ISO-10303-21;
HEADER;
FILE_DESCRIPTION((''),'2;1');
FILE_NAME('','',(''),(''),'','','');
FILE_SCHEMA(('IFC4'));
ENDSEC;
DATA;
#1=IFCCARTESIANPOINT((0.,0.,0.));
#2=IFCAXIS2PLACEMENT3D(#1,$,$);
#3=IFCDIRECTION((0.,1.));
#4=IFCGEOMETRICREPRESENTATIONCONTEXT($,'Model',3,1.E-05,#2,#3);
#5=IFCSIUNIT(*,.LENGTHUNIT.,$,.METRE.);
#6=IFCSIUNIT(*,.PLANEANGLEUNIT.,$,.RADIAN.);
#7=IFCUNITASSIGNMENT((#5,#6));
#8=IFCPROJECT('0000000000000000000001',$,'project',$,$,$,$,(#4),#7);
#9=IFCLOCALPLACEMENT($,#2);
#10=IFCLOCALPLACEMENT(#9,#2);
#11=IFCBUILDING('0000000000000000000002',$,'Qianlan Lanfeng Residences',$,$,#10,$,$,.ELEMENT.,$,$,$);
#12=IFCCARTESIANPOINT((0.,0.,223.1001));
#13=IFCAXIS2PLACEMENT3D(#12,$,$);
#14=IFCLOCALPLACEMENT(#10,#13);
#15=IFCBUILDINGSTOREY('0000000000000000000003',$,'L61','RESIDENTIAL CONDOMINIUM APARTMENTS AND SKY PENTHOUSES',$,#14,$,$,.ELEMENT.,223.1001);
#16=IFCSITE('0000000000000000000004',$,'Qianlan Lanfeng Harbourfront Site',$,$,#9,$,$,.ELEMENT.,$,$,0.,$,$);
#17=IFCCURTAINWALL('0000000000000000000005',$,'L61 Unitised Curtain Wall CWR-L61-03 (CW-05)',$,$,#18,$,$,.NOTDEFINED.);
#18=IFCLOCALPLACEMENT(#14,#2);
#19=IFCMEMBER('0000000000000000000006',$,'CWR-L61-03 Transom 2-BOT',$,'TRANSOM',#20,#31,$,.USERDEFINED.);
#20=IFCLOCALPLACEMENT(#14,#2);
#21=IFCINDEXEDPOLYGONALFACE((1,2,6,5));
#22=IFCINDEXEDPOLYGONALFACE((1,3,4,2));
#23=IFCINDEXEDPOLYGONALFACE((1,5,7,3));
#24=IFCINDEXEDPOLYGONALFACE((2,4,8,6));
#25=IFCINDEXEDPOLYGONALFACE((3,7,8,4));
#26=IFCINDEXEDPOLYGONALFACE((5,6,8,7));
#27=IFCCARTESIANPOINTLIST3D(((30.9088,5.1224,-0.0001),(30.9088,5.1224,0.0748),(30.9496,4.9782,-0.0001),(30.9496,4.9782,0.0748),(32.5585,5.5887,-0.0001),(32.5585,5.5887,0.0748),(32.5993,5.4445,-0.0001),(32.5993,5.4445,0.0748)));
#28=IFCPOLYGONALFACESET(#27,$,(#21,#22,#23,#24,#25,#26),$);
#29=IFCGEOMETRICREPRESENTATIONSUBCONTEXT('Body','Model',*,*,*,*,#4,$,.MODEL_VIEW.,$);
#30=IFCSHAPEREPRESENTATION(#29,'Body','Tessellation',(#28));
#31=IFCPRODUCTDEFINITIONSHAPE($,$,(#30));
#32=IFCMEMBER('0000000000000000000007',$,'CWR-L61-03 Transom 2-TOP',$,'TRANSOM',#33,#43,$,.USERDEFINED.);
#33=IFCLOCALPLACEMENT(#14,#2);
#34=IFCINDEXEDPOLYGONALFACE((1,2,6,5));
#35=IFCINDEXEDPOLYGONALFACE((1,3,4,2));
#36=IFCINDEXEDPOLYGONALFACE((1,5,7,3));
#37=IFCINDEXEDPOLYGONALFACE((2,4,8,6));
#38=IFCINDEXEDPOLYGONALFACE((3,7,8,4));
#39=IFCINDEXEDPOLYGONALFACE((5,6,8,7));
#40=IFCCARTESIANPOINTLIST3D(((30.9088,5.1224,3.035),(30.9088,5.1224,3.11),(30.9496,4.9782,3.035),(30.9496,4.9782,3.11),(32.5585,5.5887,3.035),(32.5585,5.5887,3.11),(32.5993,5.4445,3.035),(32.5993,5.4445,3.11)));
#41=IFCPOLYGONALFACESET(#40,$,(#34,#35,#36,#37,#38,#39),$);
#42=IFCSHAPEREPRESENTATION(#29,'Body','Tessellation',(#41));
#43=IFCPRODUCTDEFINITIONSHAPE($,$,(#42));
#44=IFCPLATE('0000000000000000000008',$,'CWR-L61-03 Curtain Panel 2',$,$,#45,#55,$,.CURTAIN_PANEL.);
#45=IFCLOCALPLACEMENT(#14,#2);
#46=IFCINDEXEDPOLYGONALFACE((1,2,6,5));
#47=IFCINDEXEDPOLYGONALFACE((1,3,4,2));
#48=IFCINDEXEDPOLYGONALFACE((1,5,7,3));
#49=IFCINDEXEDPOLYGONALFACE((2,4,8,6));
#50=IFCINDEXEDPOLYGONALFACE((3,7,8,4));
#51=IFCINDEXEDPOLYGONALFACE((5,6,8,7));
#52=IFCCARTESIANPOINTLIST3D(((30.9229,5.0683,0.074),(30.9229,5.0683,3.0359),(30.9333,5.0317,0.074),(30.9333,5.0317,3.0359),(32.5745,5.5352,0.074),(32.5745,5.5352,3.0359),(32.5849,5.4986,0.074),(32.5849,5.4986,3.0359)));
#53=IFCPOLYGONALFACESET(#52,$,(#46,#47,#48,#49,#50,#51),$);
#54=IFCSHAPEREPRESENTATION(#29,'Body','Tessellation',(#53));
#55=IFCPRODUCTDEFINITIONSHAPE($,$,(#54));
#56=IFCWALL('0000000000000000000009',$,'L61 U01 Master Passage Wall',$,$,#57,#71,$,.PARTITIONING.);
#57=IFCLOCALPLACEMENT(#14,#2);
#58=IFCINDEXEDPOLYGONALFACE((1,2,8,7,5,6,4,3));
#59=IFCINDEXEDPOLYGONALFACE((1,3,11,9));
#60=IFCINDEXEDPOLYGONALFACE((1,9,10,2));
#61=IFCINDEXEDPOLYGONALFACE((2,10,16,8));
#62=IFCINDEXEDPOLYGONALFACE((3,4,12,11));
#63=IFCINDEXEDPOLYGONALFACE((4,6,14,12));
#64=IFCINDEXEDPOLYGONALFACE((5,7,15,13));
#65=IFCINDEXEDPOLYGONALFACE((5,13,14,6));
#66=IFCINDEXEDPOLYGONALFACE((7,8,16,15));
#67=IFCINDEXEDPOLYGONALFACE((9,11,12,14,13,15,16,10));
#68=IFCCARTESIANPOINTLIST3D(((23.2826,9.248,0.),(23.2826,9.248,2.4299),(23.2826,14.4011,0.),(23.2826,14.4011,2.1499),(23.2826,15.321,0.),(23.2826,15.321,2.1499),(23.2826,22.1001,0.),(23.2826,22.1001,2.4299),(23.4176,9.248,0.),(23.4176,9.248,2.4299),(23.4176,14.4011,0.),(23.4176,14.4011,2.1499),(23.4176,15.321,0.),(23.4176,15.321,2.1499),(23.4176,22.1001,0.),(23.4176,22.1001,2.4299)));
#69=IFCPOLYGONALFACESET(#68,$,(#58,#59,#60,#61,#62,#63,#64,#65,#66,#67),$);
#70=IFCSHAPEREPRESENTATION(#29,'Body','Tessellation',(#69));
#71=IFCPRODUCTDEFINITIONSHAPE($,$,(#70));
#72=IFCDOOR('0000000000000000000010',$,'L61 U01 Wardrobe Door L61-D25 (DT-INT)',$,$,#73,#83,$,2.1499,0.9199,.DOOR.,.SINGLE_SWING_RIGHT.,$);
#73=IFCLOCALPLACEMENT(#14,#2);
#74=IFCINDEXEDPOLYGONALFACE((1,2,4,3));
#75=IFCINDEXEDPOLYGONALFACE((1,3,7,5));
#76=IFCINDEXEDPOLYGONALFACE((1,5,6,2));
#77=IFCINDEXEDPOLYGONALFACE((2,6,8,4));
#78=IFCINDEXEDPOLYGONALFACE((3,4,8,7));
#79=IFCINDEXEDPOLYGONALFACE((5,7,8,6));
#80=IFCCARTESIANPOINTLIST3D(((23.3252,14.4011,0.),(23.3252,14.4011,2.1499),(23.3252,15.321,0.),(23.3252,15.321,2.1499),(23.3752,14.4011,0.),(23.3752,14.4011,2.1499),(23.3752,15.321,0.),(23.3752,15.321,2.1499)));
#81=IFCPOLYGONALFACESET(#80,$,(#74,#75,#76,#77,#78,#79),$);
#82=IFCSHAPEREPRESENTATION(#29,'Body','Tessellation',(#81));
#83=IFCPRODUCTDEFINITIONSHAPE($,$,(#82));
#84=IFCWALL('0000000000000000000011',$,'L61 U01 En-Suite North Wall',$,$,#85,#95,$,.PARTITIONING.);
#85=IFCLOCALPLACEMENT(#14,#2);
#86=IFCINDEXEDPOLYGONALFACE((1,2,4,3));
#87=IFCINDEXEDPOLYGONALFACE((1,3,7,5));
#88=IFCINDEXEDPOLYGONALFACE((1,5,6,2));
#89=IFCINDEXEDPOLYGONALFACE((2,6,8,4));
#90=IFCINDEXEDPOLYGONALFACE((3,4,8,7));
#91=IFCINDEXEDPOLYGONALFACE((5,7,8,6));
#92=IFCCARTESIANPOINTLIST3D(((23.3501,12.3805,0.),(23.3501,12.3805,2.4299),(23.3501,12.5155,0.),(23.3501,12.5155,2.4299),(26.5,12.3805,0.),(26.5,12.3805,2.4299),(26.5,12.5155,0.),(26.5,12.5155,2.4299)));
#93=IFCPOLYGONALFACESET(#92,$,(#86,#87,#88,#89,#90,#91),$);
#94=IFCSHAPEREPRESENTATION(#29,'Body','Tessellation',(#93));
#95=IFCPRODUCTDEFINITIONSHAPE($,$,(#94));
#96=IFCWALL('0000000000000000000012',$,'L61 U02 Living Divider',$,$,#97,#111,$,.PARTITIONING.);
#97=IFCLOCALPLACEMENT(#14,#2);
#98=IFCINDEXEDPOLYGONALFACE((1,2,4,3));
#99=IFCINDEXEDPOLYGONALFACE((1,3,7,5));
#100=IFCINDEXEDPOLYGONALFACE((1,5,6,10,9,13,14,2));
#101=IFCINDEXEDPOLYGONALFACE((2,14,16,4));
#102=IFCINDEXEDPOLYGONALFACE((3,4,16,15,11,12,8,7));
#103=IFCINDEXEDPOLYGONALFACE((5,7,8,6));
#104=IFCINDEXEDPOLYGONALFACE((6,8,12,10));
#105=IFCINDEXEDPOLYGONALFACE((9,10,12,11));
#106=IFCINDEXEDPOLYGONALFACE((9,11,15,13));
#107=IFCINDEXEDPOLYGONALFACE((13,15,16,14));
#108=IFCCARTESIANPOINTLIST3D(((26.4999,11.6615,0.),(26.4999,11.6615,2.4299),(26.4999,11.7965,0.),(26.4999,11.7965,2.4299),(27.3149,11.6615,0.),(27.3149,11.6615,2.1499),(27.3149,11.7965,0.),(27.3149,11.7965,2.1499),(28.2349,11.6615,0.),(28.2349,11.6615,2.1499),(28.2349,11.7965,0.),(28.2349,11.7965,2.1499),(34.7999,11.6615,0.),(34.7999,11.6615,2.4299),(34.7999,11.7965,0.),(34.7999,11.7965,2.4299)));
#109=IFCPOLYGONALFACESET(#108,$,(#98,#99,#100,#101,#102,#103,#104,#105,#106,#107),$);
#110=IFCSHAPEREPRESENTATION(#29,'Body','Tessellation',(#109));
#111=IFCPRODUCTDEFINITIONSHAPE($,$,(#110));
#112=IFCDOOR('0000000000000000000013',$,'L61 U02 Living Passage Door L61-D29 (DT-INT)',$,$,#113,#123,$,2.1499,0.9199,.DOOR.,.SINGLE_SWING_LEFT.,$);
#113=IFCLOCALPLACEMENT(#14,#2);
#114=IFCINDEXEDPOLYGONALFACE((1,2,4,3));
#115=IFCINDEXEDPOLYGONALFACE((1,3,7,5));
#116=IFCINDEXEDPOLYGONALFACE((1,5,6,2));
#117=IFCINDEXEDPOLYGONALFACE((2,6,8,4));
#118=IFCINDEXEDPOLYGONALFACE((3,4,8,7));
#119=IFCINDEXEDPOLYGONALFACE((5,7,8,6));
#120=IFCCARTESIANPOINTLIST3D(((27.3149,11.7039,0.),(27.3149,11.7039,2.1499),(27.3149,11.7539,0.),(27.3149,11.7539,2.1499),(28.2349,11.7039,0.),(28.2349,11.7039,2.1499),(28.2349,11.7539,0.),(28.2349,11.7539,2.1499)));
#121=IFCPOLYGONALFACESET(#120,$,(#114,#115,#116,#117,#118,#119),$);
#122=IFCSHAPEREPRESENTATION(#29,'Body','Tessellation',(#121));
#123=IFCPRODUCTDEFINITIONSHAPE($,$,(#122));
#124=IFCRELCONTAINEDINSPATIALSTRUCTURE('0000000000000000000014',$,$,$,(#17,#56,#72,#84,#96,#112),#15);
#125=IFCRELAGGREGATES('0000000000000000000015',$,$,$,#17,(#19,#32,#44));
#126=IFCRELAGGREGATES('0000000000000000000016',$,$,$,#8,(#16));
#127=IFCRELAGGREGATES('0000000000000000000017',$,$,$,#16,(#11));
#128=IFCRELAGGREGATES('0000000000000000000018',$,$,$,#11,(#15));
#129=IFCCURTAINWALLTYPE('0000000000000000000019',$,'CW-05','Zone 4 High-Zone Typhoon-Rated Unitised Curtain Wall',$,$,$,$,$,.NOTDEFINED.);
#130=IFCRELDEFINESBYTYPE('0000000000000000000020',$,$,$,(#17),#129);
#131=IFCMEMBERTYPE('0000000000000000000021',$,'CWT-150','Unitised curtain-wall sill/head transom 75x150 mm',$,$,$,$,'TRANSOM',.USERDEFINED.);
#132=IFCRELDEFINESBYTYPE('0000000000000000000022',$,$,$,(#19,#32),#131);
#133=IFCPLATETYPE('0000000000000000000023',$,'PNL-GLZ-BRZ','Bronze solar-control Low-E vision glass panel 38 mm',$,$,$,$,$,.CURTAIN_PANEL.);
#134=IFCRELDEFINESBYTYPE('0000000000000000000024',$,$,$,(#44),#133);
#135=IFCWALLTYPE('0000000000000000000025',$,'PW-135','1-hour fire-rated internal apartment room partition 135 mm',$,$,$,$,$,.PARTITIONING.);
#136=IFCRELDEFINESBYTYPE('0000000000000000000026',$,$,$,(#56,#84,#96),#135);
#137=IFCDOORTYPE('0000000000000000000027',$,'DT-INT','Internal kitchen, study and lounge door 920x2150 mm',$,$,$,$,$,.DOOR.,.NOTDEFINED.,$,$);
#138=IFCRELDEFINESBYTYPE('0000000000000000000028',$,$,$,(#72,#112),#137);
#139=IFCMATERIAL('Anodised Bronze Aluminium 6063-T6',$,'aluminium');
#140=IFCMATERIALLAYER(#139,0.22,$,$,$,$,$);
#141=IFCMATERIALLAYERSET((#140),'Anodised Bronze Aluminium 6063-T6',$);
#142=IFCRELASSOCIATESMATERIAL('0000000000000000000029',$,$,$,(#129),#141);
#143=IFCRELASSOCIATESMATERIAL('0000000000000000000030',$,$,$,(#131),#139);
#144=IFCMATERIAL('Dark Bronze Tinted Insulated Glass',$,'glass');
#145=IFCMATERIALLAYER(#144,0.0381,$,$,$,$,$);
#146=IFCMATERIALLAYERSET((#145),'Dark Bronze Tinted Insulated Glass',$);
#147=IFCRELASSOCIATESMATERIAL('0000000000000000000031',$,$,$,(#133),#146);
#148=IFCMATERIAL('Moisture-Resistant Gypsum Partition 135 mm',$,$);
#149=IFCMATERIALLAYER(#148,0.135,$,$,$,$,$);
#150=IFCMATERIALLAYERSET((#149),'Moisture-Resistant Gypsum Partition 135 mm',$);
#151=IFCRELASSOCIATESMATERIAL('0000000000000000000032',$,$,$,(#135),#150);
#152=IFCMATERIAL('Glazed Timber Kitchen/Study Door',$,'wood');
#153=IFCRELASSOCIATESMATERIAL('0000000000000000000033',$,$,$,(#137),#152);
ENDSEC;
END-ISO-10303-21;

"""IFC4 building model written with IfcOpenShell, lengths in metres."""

from ifc_helpers import new_model, si_unit, direction, frame, frame_2d, origin, origin_2d, place, context, subcontext, project, spatial, rectangle, extrude, source, transform, mapped, material, layer, layer_set, material_profile, profile_set, type_object, element, fill, aggregate, save


model = new_model("IFC4")

# Units and contexts
model_context = context("Model", 3, precision=1e-05, world=origin(), true_north=direction((0.0, 1.0)))
body_context = subcontext(model_context, "Body", "Model", "MODEL_VIEW")
ifc_project = project(units=[si_unit("LENGTHUNIT", "METRE"), si_unit("PLANEANGLEUNIT", "RADIAN")], contexts=[model_context])

# Site, building, storey
site_placement = place(None, origin())
site = spatial("IfcSite", under=ifc_project, at=site_placement, Name="Qianlan Lanfeng Harbourfront Site", CompositionType="ELEMENT", RefElevation=0.0)
building_placement = place(site_placement, origin())
building = spatial("IfcBuilding", under=site, at=building_placement, Name="Qianlan Lanfeng Residences", CompositionType="ELEMENT")
storey_placement = place(building_placement, frame((0.0, 0.0, 223.1001)))
storey = spatial("IfcBuildingStorey", under=building, at=storey_placement, Name="L61", Description="RESIDENTIAL CONDOMINIUM APARTMENTS AND SKY PENTHOUSES", CompositionType="ELEMENT", Elevation=223.1001)

# Curtain wall, members, plate
ifc_material_1 = material(Name="Anodised Bronze Aluminium 6063-T6", Category="aluminium")
ifc_layer_1 = layer(ifc_material_1, 0.22)
ifc_layer_set_1 = layer_set([ifc_layer_1], Name="Anodised Bronze Aluminium 6063-T6")
curtain_wall_type = type_object("IfcCurtainWallType", Name="CW-05", Description="Zone 4 High-Zone Typhoon-Rated Unitised Curtain Wall", PredefinedType="NOTDEFINED", material=ifc_layer_set_1)
curtain_wall_placement = place(storey_placement, origin())
curtain_wall = element("IfcCurtainWall", 1, at=curtain_wall_placement, inside=storey, type_object=curtain_wall_type, Name="L61 Unitised Curtain Wall CWR-L61-03 (CW-05)", PredefinedType="NOTDEFINED")
ifc_material_profile_1 = material_profile(ifc_material_1, rectangle(XDim=0.075, YDim=0.1499, at=origin_2d()), Name="ALU TRANSOM 75x150")
ifc_profile_set_1 = profile_set([ifc_material_profile_1], Name="Anodised Bronze Aluminium 6063-T6")
member_type_1 = type_object("IfcMemberType", Name="CWT-150", Description="Unitised curtain-wall sill/head transom 75x150 mm", ElementType="TRANSOM", PredefinedType="USERDEFINED", material=ifc_profile_set_1)
shared_shape_1 = source(origin(), body_context, "Body", "SweptSolid", [
    extrude(rectangle(XDim=0.075, YDim=0.1499, at=origin_2d()), origin(), (0.0, 0.0, 1.0), 1.7144),
])
member_1_placement = place(storey_placement, frame((30.9292, 5.0503, 0.0374), z_axis=(0.962294, 0.272011, 0.0), x_axis=(0.0, 0.0, 1.0)))
member_1 = element("IfcMember", 2, at=member_1_placement, type_object=member_type_1, Name="CWR-L61-03 Transom 2-BOT", ObjectType="TRANSOM", PredefinedType="USERDEFINED", context=body_context, shape_type="MappedRepresentation", body=[
    mapped(shared_shape_1, transform((0.0, 0.0, 0.0), scale=1.0)),
])
member_2_placement = place(storey_placement, frame((30.9292, 5.0503, 3.0725), z_axis=(0.962294, 0.272011, 0.0), x_axis=(0.0, 0.0, 1.0)))
member_2 = element("IfcMember", 3, at=member_2_placement, type_object=member_type_1, Name="CWR-L61-03 Transom 2-TOP", ObjectType="TRANSOM", PredefinedType="USERDEFINED", context=body_context, shape_type="MappedRepresentation", body=[
    mapped(shared_shape_1, transform((0.0, 0.0, 0.0), scale=1.0)),
])
ifc_material_2 = material(Name="Dark Bronze Tinted Insulated Glass", Category="glass")
ifc_layer_2 = layer(ifc_material_2, 0.0381)
ifc_layer_set_2 = layer_set([ifc_layer_2], Name="Dark Bronze Tinted Insulated Glass")
plate_type = type_object("IfcPlateType", Name="PNL-GLZ-BRZ", Description="Bronze solar-control Low-E vision glass panel 38 mm", PredefinedType="CURTAIN_PANEL", material=ifc_layer_set_2)
shared_shape_2 = source(origin(), body_context, "Body", "SweptSolid", [
    extrude(rectangle(XDim=1.7163, YDim=0.0381, at=origin_2d()), origin(), (0.0, 0.0, 1.0), 2.9619),
])
plate_placement = place(storey_placement, frame((31.7539, 5.2834, 0.074), z_axis=(0.0, 0.0, 1.0), x_axis=(0.962284, 0.272045, 0.0)))
plate = element("IfcPlate", 4, at=plate_placement, type_object=plate_type, Name="CWR-L61-03 Curtain Panel 2", PredefinedType="CURTAIN_PANEL", context=body_context, shape_type="MappedRepresentation", body=[
    mapped(shared_shape_2, transform((0.0, 0.0, 0.0), scale=1.0)),
])
aggregate(curtain_wall, [member_1, member_2, plate])

# Wall, opening, door
ifc_material_3 = material(Name="Moisture-Resistant Gypsum Partition 135 mm")
ifc_layer_3 = layer(ifc_material_3, 0.135)
ifc_layer_set_3 = layer_set([ifc_layer_3], Name="Moisture-Resistant Gypsum Partition 135 mm")
wall_type = type_object("IfcWallType", Name="PW-135", Description="1-hour fire-rated internal apartment room partition 135 mm", PredefinedType="PARTITIONING", material=ifc_layer_set_3)
wall_1_placement = place(storey_placement, frame((23.3501, 9.248, 0.0), z_axis=(0.0, 0.0, 1.0), x_axis=(0.0, 1.0, 0.0)))
wall_1 = element("IfcWall", 5, at=wall_1_placement, inside=storey, type_object=wall_type, Name="L61 U01 Master Passage Wall", PredefinedType="PARTITIONING", context=body_context, shape_type="SweptSolid", body=[
    extrude(rectangle(XDim=12.8521, YDim=0.135, at=frame_2d((6.426, 0.0))), origin(), (0.0, 0.0, 1.0), 2.4299),
])
opening_1_placement = place(wall_1_placement, frame((5.1531, 0.0, 0.0)))
opening_1 = element("IfcOpeningElement", 6, at=opening_1_placement, cuts=wall_1, PredefinedType="OPENING", context=body_context, shape_type="SweptSolid", body=[
    extrude(rectangle(XDim=0.9199, YDim=2.1499, at=frame_2d((0.46, 1.075))), frame((0.0, 0.0776, 0.0), z_axis=(0.0, -1.0, 0.0), x_axis=(1.0, 0.0, 0.0)), (0.0, 0.0, 1.0), 0.155),
])
ifc_material_4 = material(Name="Glazed Timber Kitchen/Study Door", Category="wood")
door_type_1 = type_object("IfcDoorType", Name="DT-INT", Description="Internal kitchen, study and lounge door 920x2150 mm", OperationType="NOTDEFINED", PredefinedType="DOOR", material=ifc_material_4)
door_1_placement = place(opening_1_placement, origin())
door_1 = element("IfcDoor", 7, at=door_1_placement, inside=storey, type_object=door_type_1, Name="L61 U01 Wardrobe Door L61-D25 (DT-INT)", OperationType="SINGLE_SWING_RIGHT", OverallHeight=2.1499, OverallWidth=0.9199, PredefinedType="DOOR", context=body_context, shape_type="SweptSolid", body=[
    extrude(rectangle(XDim=0.9199, YDim=2.1499, at=frame_2d((0.46, 1.075))), frame((0.0, 0.0249, 0.0), z_axis=(0.0, -1.0, 0.0), x_axis=(1.0, 0.0, 0.0)), (0.0, 0.0, 1.0), 0.05),
])
fill(opening_1, door_1)

# Wall
wall_2_placement = place(storey_placement, frame((23.3501, 12.448, 0.0), z_axis=(0.0, 0.0, 1.0), x_axis=(1.0, 0.0, 0.0)))
element("IfcWall", 8, at=wall_2_placement, inside=storey, type_object=wall_type, Name="L61 U01 En-Suite North Wall", PredefinedType="PARTITIONING", context=body_context, shape_type="SweptSolid", body=[
    extrude(rectangle(XDim=3.1499, YDim=0.135, at=frame_2d((1.575, 0.0))), origin(), (0.0, 0.0, 1.0), 2.4299),
])

# Wall, opening, door
wall_3_placement = place(storey_placement, frame((26.5, 11.729, 0.0), z_axis=(0.0, 0.0, 1.0), x_axis=(1.0, 0.0, 0.0)))
wall_3 = element("IfcWall", 9, at=wall_3_placement, inside=storey, type_object=wall_type, Name="L61 U02 Living Divider", PredefinedType="PARTITIONING", context=body_context, shape_type="SweptSolid", body=[
    extrude(rectangle(XDim=8.3, YDim=0.135, at=frame_2d((4.1499, 0.0))), origin(), (0.0, 0.0, 1.0), 2.4299),
])
opening_2_placement = place(wall_3_placement, frame((0.8149, 0.0, 0.0)))
opening_2 = element("IfcOpeningElement", 10, at=opening_2_placement, cuts=wall_3, PredefinedType="OPENING", context=body_context, shape_type="SweptSolid", body=[
    extrude(rectangle(XDim=0.9199, YDim=2.1499, at=frame_2d((0.46, 1.075))), frame((0.0, 0.0776, 0.0), z_axis=(0.0, -1.0, 0.0), x_axis=(1.0, 0.0, 0.0)), (0.0, 0.0, 1.0), 0.155),
])
door_2_placement = place(opening_2_placement, origin())
door_2 = element("IfcDoor", 11, at=door_2_placement, inside=storey, type_object=door_type_1, Name="L61 U02 Living Passage Door L61-D29 (DT-INT)", OperationType="SINGLE_SWING_LEFT", OverallHeight=2.1499, OverallWidth=0.9199, PredefinedType="DOOR", context=body_context, shape_type="SweptSolid", body=[
    extrude(rectangle(XDim=0.9199, YDim=2.1499, at=frame_2d((0.46, 1.075))), frame((0.0, 0.0249, 0.0), z_axis=(0.0, -1.0, 0.0), x_axis=(1.0, 0.0, 0.0)), (0.0, 0.0, 1.0), 0.05),
])
fill(opening_2, door_2)

save(model, "model.ifc")
